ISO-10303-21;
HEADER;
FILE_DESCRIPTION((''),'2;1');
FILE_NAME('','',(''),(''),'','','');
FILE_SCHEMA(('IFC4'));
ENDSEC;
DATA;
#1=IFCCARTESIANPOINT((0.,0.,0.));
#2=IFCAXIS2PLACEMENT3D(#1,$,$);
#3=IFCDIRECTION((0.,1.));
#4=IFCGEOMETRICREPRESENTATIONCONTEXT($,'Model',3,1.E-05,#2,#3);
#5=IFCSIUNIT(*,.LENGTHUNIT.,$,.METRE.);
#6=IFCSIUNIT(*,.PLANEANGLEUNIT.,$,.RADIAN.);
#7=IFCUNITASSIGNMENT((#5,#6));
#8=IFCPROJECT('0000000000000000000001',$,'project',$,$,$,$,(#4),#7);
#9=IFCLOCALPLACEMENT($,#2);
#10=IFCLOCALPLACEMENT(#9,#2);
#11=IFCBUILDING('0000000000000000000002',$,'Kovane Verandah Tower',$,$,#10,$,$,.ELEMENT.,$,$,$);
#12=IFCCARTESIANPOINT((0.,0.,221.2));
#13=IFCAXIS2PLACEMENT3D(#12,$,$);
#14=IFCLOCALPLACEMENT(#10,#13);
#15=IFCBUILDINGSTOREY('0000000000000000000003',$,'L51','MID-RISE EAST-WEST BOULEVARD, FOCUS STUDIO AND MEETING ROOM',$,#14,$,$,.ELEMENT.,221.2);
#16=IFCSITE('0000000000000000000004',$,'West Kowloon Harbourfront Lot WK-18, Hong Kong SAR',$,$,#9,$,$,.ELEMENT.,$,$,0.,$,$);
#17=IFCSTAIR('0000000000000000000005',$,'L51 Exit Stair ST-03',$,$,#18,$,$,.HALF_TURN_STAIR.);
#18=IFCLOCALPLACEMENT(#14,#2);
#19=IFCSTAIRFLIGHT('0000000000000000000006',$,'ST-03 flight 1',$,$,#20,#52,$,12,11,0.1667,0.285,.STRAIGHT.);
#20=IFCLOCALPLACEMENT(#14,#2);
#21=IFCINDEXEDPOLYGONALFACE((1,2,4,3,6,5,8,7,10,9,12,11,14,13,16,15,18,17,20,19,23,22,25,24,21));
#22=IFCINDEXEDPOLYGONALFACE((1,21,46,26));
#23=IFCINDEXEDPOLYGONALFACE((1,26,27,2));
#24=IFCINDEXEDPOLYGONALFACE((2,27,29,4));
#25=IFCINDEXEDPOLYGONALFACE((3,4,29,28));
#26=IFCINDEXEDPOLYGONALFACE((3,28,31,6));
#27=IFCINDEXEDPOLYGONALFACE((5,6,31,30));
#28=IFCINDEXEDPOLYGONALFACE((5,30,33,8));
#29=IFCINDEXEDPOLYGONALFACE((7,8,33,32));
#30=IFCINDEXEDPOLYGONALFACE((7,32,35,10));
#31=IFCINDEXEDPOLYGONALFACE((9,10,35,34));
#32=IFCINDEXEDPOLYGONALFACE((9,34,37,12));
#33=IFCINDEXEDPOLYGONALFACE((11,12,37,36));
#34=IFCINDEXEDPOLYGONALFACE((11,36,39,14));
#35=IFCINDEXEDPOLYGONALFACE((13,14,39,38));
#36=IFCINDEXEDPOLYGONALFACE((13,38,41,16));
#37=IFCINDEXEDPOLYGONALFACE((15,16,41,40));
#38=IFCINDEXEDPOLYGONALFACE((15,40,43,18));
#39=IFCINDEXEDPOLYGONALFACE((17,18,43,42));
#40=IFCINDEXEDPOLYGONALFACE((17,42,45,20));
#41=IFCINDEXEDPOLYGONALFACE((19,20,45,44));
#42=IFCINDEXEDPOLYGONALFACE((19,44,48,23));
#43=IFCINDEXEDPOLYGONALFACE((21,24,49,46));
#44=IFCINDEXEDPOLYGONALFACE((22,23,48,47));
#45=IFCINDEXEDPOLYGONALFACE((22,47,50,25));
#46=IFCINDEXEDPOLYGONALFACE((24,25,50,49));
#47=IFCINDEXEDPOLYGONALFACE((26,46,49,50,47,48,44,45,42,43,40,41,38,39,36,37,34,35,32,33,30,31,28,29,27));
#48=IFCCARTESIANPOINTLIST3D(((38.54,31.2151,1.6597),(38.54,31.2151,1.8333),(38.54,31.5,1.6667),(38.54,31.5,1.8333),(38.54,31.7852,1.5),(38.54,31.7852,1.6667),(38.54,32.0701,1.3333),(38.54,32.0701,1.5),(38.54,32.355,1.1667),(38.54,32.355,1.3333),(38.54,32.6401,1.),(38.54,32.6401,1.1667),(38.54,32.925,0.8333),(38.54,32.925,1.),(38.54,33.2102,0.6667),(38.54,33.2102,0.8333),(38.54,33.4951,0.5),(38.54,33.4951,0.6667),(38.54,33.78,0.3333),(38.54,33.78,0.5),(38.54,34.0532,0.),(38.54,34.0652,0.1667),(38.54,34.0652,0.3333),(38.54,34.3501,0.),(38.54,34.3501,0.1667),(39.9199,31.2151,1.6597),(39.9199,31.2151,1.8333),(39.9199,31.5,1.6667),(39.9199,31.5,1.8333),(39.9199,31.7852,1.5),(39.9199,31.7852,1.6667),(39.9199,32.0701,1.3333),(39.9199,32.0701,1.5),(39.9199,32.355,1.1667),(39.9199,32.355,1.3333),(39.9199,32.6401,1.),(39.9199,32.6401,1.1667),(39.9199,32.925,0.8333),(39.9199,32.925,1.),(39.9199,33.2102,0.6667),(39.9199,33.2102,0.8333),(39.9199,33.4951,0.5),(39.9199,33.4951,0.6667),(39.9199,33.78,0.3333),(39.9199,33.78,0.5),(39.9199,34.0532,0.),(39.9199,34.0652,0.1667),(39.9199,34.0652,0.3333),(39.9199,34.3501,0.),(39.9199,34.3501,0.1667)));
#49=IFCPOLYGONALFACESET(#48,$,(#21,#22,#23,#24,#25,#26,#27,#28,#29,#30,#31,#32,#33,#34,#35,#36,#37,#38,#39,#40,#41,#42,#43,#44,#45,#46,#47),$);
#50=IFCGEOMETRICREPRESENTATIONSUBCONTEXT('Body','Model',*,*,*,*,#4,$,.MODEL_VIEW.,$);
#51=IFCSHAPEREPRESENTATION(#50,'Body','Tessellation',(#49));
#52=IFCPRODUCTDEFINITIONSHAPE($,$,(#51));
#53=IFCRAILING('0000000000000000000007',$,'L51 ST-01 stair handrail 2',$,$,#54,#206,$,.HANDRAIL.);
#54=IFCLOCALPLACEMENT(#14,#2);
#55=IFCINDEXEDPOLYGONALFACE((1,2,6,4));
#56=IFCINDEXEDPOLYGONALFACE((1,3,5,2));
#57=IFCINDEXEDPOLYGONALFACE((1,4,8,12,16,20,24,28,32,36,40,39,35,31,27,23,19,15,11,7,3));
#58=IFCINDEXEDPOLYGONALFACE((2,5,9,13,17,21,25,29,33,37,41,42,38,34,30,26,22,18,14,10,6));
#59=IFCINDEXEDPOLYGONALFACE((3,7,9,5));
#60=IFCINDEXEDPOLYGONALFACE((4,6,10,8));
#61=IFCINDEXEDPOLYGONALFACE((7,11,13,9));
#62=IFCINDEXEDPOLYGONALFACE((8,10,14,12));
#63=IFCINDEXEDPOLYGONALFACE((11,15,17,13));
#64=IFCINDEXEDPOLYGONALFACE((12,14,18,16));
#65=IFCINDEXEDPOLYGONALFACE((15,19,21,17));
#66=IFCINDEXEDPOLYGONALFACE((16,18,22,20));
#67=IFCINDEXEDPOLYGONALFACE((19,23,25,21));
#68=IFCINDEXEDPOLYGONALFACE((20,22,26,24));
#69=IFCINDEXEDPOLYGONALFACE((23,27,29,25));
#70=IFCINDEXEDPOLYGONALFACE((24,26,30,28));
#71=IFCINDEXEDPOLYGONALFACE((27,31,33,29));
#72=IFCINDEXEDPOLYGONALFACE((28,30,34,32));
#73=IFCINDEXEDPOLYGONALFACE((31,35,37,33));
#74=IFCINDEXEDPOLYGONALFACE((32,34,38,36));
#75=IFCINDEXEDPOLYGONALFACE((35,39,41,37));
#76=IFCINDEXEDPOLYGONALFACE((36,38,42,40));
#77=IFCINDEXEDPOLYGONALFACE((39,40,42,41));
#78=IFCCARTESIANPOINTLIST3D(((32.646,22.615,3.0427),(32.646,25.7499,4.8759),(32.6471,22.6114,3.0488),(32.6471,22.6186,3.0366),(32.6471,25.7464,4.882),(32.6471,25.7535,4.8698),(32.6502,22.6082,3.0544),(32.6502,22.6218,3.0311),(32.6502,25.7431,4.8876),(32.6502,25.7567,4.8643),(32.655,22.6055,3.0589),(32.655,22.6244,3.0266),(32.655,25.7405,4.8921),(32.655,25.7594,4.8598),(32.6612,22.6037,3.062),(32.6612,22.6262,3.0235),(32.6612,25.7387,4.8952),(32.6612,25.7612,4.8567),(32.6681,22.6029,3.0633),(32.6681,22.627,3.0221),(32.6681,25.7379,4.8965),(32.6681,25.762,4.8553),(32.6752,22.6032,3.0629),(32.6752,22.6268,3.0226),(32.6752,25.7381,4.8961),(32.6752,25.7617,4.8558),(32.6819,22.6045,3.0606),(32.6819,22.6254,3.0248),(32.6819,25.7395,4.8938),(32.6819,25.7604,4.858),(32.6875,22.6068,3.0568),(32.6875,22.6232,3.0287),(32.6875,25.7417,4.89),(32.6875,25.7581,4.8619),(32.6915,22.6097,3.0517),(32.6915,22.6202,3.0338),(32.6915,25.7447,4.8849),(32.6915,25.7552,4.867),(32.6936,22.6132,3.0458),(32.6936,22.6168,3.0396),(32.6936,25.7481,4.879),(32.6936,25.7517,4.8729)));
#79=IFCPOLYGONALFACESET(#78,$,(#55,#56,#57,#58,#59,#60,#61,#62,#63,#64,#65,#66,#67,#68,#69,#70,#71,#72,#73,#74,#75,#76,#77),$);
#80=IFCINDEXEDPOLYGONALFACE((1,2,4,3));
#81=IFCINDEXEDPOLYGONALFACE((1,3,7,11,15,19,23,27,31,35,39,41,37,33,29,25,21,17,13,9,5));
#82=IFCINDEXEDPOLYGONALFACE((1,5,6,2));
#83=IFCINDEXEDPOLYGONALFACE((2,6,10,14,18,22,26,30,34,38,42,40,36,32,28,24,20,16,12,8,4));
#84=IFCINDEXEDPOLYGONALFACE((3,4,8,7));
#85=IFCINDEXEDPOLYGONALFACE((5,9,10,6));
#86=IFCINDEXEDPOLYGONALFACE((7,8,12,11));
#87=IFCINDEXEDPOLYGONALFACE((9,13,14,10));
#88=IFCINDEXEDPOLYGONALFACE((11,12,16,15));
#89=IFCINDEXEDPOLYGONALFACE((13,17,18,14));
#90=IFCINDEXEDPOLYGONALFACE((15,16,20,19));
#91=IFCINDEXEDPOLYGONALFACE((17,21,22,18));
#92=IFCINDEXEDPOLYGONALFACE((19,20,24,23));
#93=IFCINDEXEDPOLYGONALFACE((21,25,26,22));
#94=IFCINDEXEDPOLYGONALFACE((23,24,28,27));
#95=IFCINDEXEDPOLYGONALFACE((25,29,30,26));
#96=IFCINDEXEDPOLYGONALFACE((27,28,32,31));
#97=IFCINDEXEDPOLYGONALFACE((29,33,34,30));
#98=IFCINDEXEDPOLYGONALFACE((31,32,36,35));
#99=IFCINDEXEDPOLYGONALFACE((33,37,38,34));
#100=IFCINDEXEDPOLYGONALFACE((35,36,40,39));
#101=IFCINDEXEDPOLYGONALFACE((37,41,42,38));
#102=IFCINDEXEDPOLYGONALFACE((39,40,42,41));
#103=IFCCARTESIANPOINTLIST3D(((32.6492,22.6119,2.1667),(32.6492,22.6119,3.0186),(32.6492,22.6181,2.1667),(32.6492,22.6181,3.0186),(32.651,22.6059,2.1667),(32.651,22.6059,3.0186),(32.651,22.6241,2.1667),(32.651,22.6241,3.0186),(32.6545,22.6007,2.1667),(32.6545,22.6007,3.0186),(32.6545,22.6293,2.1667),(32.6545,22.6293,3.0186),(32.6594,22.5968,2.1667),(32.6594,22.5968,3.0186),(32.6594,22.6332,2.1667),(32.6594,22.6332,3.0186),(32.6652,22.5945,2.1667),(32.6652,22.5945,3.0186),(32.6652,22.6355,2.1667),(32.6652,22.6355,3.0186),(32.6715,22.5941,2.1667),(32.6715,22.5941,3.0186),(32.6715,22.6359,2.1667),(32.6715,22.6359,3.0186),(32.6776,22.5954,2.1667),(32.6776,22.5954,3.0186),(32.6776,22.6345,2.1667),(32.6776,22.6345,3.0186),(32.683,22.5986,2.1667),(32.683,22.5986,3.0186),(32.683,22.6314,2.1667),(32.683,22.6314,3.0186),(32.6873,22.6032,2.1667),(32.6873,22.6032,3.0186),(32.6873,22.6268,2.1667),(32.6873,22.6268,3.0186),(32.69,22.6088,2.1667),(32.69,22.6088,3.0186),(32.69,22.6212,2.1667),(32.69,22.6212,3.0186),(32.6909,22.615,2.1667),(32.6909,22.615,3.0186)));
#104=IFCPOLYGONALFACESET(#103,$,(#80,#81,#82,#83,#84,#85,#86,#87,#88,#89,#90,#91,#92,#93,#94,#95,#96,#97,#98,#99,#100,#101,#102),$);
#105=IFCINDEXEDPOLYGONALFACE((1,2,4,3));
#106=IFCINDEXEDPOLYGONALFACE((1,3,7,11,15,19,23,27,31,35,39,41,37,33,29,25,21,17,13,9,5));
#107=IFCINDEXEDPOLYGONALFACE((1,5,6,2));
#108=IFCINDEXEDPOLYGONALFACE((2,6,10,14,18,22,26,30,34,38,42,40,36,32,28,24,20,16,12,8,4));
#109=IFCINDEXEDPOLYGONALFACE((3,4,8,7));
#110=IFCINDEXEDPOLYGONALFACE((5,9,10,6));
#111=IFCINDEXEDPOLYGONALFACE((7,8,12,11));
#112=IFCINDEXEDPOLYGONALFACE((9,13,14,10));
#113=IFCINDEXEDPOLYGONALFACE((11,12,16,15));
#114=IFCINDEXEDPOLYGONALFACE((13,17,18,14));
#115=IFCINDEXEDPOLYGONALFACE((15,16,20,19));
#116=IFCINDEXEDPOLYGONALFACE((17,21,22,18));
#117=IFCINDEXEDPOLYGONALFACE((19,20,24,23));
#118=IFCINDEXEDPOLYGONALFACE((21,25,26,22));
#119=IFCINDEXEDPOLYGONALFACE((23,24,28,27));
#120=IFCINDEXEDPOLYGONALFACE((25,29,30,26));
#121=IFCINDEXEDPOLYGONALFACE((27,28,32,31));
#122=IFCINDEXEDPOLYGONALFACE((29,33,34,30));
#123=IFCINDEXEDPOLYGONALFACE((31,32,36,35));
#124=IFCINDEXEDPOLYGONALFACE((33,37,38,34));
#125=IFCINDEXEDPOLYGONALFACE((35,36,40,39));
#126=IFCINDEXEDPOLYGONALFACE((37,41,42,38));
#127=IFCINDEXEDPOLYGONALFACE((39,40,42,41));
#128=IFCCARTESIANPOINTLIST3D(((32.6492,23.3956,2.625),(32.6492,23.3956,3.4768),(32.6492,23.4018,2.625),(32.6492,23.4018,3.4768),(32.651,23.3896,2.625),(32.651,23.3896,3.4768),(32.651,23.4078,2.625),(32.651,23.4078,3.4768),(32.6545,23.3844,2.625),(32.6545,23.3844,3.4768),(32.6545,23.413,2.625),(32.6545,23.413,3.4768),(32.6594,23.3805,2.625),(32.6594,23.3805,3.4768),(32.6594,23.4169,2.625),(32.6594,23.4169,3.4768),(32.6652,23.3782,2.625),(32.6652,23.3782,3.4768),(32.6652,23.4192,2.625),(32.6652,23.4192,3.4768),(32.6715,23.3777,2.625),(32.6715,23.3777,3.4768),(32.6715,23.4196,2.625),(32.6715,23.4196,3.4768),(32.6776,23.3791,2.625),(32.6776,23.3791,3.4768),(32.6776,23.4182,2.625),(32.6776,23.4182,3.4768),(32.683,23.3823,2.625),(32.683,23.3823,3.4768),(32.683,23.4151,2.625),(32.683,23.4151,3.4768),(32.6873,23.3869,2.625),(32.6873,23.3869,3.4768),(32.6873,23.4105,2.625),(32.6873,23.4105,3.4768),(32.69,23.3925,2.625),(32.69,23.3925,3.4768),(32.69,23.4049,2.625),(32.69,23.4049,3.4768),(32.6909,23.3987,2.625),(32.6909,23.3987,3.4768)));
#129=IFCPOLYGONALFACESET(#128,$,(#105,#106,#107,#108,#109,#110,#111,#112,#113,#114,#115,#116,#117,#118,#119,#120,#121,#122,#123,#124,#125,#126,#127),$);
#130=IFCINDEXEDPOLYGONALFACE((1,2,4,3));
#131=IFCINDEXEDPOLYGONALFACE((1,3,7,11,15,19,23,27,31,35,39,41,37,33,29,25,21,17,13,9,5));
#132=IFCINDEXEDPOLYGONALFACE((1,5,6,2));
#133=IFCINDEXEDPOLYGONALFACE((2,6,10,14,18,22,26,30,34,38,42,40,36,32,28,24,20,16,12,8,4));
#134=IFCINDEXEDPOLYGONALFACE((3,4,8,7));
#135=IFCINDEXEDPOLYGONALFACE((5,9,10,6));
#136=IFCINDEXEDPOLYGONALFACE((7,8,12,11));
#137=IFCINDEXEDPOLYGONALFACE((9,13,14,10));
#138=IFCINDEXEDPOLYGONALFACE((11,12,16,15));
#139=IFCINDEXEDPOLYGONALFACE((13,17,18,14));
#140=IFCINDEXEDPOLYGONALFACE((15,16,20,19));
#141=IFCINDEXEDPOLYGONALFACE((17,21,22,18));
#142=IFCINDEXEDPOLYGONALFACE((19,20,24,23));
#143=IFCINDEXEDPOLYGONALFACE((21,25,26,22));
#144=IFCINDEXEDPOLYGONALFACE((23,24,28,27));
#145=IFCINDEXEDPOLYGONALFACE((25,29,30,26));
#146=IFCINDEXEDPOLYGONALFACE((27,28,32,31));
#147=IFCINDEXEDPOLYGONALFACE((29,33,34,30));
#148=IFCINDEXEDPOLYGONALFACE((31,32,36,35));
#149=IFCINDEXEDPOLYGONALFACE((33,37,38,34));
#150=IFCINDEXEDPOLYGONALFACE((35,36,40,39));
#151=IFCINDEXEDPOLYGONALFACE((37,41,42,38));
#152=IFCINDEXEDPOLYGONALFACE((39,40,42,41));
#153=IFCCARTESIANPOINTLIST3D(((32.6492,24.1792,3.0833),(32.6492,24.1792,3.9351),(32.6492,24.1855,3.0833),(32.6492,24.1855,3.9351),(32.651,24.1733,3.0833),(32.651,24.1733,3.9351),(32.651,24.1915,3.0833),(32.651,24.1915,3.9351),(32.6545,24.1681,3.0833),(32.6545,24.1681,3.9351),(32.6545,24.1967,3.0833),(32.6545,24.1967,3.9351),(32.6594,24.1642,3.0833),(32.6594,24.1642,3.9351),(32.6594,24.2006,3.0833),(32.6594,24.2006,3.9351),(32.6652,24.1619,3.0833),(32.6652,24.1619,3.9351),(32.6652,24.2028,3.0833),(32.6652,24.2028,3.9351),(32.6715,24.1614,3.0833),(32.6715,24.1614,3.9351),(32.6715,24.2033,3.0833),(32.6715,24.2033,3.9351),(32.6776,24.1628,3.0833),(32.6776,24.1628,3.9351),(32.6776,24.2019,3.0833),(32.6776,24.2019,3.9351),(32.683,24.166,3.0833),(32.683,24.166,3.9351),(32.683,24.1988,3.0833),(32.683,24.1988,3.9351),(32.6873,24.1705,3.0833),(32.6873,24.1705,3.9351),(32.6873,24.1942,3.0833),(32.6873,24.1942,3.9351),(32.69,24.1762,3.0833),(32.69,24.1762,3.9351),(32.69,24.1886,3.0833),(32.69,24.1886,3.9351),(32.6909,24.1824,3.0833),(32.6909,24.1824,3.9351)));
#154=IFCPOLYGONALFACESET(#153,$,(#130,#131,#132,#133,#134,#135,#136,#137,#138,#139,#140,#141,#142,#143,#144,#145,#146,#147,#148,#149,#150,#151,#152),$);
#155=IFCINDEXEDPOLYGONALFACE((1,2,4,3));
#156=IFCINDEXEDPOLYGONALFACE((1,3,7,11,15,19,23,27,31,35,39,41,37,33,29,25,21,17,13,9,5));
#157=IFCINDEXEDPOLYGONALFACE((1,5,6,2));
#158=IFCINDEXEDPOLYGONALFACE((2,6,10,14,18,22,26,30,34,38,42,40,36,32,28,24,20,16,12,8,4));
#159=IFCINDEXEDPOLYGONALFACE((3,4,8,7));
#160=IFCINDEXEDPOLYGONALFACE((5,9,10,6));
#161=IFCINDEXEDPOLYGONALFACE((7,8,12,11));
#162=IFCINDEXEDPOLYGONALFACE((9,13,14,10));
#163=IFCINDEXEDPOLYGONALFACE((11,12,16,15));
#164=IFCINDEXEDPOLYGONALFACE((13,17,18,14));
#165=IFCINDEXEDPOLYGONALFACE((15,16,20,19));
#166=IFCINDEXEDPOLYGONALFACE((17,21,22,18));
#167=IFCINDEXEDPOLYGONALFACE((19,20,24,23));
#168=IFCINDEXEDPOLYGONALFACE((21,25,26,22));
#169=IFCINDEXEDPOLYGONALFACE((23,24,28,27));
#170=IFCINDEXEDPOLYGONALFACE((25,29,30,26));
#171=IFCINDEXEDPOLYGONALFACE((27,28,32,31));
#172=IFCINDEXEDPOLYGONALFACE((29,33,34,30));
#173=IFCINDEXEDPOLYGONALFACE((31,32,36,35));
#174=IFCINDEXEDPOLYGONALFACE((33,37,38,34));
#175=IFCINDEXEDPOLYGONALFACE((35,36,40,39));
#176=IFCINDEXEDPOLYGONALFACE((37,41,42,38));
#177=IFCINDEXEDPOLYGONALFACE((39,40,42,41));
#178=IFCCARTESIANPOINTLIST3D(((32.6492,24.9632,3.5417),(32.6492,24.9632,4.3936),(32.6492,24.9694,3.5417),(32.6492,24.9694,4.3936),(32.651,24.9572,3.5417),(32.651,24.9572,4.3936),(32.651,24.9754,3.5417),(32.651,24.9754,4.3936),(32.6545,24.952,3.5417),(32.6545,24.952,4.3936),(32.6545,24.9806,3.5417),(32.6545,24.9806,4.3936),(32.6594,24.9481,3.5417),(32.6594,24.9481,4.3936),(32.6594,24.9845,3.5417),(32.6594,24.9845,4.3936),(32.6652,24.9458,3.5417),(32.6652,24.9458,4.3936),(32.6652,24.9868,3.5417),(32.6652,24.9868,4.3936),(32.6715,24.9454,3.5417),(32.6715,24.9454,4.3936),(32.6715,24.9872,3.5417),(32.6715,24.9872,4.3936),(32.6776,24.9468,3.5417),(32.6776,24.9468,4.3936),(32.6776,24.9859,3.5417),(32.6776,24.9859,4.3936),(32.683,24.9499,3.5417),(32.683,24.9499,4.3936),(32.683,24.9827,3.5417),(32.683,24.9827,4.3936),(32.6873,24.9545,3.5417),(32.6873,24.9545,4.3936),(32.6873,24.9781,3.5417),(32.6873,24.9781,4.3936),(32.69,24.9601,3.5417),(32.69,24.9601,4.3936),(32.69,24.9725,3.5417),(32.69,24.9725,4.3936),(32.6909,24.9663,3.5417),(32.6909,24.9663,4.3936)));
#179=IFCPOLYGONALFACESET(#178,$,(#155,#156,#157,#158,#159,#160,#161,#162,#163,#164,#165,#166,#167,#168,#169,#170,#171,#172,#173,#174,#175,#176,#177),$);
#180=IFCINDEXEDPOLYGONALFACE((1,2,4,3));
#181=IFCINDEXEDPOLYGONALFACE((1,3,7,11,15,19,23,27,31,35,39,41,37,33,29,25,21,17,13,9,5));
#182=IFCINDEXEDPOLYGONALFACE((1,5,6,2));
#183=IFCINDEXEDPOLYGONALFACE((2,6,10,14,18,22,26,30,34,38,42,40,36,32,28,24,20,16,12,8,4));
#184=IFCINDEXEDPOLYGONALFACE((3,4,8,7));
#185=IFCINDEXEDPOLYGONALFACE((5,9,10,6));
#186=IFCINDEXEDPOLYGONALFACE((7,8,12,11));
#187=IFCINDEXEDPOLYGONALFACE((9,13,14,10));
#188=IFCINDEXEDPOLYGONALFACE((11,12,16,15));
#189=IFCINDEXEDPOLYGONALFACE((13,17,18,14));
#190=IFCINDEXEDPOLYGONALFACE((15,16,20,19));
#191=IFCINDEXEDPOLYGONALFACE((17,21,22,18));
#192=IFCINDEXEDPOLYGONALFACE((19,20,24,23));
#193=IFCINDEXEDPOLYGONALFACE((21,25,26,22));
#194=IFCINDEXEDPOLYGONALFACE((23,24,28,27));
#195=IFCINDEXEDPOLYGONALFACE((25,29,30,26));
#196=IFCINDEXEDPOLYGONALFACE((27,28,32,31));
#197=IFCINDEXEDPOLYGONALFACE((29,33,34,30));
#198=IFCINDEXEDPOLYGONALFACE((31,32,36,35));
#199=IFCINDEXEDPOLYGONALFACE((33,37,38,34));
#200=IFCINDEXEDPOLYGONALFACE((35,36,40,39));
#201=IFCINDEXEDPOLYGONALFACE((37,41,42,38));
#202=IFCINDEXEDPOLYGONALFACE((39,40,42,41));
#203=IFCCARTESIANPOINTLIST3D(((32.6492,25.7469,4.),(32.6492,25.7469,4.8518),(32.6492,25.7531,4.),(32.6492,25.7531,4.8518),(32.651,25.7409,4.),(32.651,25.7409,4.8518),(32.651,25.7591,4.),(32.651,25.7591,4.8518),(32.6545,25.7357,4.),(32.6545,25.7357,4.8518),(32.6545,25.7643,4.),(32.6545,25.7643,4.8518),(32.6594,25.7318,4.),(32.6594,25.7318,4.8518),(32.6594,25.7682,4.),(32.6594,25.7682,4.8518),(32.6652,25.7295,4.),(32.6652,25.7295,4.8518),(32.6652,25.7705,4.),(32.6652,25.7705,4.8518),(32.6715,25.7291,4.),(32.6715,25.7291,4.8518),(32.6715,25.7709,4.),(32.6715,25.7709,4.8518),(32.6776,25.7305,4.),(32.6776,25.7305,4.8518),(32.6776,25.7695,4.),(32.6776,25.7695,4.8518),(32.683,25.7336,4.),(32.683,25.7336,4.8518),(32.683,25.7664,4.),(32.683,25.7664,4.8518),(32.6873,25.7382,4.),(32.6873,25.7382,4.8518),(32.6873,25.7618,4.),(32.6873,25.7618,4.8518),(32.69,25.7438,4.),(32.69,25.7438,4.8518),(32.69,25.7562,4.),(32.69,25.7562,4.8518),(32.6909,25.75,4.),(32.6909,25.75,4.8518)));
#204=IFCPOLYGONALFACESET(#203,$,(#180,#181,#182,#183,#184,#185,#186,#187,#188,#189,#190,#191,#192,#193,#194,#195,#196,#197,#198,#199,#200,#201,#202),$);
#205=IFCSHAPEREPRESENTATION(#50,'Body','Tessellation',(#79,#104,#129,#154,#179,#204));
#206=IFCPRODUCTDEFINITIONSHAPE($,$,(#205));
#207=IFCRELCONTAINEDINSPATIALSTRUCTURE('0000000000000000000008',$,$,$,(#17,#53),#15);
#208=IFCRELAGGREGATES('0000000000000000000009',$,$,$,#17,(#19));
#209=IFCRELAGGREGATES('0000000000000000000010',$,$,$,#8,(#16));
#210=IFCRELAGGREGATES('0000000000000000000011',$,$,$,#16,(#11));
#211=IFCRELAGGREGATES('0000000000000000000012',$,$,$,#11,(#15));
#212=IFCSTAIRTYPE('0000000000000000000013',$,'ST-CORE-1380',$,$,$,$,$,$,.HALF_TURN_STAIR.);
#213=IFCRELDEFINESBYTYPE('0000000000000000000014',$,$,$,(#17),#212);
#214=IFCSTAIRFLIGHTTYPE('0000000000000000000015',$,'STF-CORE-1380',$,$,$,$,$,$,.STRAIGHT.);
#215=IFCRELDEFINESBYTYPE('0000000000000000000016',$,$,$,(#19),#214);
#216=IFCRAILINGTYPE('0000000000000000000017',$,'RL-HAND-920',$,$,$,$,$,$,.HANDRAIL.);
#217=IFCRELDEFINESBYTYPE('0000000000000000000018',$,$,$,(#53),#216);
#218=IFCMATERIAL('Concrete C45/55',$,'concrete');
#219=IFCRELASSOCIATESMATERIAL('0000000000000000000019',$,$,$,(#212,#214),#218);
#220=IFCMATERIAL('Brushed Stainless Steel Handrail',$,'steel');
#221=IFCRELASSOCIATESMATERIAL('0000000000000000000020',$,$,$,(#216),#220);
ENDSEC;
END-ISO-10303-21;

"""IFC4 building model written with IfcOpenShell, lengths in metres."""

from ifc_helpers import new_model, si_unit, direction, frame, origin, origin_2d, place, context, subcontext, project, spatial, polyline, circle, outline, extrude, material, type_object, element, aggregate, save


model = new_model("IFC4")

# Units and contexts
model_context = context("Model", 3, precision=1e-05, world=origin(), true_north=direction((0.0, 1.0)))
body_context = subcontext(model_context, "Body", "Model", "MODEL_VIEW")
ifc_project = project(units=[si_unit("LENGTHUNIT", "METRE"), si_unit("PLANEANGLEUNIT", "RADIAN")], contexts=[model_context])

# Site, building, storey
site_placement = place(None, origin())
site = spatial("IfcSite", under=ifc_project, at=site_placement, Name="West Kowloon Harbourfront Lot WK-18, Hong Kong SAR", CompositionType="ELEMENT", RefElevation=0.0)
building_placement = place(site_placement, origin())
building = spatial("IfcBuilding", under=site, at=building_placement, Name="Kovane Verandah Tower", CompositionType="ELEMENT")
storey_placement = place(building_placement, frame((0.0, 0.0, 221.2)))
storey = spatial("IfcBuildingStorey", under=building, at=storey_placement, Name="L51", Description="MID-RISE EAST-WEST BOULEVARD, FOCUS STUDIO AND MEETING ROOM", CompositionType="ELEMENT", Elevation=221.2)

# Shared definitions
ifc_material_1 = material(Name="Concrete C45/55", Category="concrete")

# Stair, stair flight
stair_type = type_object("IfcStairType", Name="ST-CORE-1380", PredefinedType="HALF_TURN_STAIR", material=ifc_material_1)
stair_placement = place(storey_placement, origin())
stair = element("IfcStair", 1, at=stair_placement, inside=storey, type_object=stair_type, Name="L51 Exit Stair ST-03", PredefinedType="HALF_TURN_STAIR")
stair_flight_type = type_object("IfcStairFlightType", Name="STF-CORE-1380", PredefinedType="STRAIGHT", material=ifc_material_1)
stair_flight_placement = place(storey_placement, frame((39.23, 34.3501, 0.0), z_axis=(0.0, 0.0, 1.0), x_axis=(0.0, -1.0, 0.0)))
stair_flight = element("IfcStairFlight", 2, at=stair_flight_placement, type_object=stair_flight_type, Name="ST-03 flight 1", NumberOfRisers=12, NumberOfTreads=11, PredefinedType="STRAIGHT", RiserHeight=0.1667, TreadLength=0.285, context=body_context, shape_type="SweptSolid", body=[
    extrude(outline(polyline([(0.0, 0.0), (0.0, 0.1667), (0.2849, 0.1667), (0.2849, 0.3333), (0.5701, 0.3333), (0.5701, 0.5), (0.855, 0.5), (0.855, 0.6667), (1.1399, 0.6667), (1.1399, 0.8333), (1.425, 0.8333), (1.425, 1.0), (1.71, 1.0), (1.71, 1.1667), (1.9951, 1.1667), (1.9951, 1.3333), (2.28, 1.3333), (2.28, 1.5), (2.5649, 1.5), (2.5649, 1.6667), (2.8501, 1.6667), (2.8501, 1.8333), (3.135, 1.8333), (3.135, 2.0), (3.135, 1.6597), (0.2969, 0.0), (0.0, 0.0)])), frame((0.0, 0.6899, 0.0), z_axis=(0.0, -1.0, 0.0), x_axis=(1.0, 0.0, 0.0)), (0.0, 0.0, 1.0), 1.3799),
])
aggregate(stair, [stair_flight])

# Railing
ifc_material_2 = material(Name="Brushed Stainless Steel Handrail", Category="steel")
railing_type_1 = type_object("IfcRailingType", Name="RL-HAND-920", PredefinedType="HANDRAIL", material=ifc_material_2)
railing_1_placement = place(storey_placement, frame((32.6699, 22.615, 2.1667)))
element("IfcRailing", 3, at=railing_1_placement, inside=storey, type_object=railing_type_1, Name="L51 ST-01 stair handrail 2", PredefinedType="HANDRAIL", context=body_context, shape_type="SweptSolid", body=[
    extrude(circle(Radius=0.0239, at=origin_2d()), frame((0.0, 0.0, 0.876), z_axis=(0.0, 0.86324, 0.504794), x_axis=(-1.0, 0.0, 0.0)), (0.0, 0.0, 1.0), 3.6316),
    extrude(circle(Radius=0.021, at=origin_2d()), origin(), (0.0, 0.0, 1.0), 0.8518),
    extrude(circle(Radius=0.021, at=origin_2d()), frame((0.0, 0.7837, 0.4583)), (0.0, 0.0, 1.0), 0.8518),
    extrude(circle(Radius=0.021, at=origin_2d()), frame((0.0, 1.5674, 0.9165)), (0.0, 0.0, 1.0), 0.8518),
    extrude(circle(Radius=0.021, at=origin_2d()), frame((0.0, 2.3513, 1.375)), (0.0, 0.0, 1.0), 0.8518),
    extrude(circle(Radius=0.021, at=origin_2d()), frame((0.0, 3.135, 1.8333)), (0.0, 0.0, 1.0), 0.8518),
])

save(model, "model.ifc")
